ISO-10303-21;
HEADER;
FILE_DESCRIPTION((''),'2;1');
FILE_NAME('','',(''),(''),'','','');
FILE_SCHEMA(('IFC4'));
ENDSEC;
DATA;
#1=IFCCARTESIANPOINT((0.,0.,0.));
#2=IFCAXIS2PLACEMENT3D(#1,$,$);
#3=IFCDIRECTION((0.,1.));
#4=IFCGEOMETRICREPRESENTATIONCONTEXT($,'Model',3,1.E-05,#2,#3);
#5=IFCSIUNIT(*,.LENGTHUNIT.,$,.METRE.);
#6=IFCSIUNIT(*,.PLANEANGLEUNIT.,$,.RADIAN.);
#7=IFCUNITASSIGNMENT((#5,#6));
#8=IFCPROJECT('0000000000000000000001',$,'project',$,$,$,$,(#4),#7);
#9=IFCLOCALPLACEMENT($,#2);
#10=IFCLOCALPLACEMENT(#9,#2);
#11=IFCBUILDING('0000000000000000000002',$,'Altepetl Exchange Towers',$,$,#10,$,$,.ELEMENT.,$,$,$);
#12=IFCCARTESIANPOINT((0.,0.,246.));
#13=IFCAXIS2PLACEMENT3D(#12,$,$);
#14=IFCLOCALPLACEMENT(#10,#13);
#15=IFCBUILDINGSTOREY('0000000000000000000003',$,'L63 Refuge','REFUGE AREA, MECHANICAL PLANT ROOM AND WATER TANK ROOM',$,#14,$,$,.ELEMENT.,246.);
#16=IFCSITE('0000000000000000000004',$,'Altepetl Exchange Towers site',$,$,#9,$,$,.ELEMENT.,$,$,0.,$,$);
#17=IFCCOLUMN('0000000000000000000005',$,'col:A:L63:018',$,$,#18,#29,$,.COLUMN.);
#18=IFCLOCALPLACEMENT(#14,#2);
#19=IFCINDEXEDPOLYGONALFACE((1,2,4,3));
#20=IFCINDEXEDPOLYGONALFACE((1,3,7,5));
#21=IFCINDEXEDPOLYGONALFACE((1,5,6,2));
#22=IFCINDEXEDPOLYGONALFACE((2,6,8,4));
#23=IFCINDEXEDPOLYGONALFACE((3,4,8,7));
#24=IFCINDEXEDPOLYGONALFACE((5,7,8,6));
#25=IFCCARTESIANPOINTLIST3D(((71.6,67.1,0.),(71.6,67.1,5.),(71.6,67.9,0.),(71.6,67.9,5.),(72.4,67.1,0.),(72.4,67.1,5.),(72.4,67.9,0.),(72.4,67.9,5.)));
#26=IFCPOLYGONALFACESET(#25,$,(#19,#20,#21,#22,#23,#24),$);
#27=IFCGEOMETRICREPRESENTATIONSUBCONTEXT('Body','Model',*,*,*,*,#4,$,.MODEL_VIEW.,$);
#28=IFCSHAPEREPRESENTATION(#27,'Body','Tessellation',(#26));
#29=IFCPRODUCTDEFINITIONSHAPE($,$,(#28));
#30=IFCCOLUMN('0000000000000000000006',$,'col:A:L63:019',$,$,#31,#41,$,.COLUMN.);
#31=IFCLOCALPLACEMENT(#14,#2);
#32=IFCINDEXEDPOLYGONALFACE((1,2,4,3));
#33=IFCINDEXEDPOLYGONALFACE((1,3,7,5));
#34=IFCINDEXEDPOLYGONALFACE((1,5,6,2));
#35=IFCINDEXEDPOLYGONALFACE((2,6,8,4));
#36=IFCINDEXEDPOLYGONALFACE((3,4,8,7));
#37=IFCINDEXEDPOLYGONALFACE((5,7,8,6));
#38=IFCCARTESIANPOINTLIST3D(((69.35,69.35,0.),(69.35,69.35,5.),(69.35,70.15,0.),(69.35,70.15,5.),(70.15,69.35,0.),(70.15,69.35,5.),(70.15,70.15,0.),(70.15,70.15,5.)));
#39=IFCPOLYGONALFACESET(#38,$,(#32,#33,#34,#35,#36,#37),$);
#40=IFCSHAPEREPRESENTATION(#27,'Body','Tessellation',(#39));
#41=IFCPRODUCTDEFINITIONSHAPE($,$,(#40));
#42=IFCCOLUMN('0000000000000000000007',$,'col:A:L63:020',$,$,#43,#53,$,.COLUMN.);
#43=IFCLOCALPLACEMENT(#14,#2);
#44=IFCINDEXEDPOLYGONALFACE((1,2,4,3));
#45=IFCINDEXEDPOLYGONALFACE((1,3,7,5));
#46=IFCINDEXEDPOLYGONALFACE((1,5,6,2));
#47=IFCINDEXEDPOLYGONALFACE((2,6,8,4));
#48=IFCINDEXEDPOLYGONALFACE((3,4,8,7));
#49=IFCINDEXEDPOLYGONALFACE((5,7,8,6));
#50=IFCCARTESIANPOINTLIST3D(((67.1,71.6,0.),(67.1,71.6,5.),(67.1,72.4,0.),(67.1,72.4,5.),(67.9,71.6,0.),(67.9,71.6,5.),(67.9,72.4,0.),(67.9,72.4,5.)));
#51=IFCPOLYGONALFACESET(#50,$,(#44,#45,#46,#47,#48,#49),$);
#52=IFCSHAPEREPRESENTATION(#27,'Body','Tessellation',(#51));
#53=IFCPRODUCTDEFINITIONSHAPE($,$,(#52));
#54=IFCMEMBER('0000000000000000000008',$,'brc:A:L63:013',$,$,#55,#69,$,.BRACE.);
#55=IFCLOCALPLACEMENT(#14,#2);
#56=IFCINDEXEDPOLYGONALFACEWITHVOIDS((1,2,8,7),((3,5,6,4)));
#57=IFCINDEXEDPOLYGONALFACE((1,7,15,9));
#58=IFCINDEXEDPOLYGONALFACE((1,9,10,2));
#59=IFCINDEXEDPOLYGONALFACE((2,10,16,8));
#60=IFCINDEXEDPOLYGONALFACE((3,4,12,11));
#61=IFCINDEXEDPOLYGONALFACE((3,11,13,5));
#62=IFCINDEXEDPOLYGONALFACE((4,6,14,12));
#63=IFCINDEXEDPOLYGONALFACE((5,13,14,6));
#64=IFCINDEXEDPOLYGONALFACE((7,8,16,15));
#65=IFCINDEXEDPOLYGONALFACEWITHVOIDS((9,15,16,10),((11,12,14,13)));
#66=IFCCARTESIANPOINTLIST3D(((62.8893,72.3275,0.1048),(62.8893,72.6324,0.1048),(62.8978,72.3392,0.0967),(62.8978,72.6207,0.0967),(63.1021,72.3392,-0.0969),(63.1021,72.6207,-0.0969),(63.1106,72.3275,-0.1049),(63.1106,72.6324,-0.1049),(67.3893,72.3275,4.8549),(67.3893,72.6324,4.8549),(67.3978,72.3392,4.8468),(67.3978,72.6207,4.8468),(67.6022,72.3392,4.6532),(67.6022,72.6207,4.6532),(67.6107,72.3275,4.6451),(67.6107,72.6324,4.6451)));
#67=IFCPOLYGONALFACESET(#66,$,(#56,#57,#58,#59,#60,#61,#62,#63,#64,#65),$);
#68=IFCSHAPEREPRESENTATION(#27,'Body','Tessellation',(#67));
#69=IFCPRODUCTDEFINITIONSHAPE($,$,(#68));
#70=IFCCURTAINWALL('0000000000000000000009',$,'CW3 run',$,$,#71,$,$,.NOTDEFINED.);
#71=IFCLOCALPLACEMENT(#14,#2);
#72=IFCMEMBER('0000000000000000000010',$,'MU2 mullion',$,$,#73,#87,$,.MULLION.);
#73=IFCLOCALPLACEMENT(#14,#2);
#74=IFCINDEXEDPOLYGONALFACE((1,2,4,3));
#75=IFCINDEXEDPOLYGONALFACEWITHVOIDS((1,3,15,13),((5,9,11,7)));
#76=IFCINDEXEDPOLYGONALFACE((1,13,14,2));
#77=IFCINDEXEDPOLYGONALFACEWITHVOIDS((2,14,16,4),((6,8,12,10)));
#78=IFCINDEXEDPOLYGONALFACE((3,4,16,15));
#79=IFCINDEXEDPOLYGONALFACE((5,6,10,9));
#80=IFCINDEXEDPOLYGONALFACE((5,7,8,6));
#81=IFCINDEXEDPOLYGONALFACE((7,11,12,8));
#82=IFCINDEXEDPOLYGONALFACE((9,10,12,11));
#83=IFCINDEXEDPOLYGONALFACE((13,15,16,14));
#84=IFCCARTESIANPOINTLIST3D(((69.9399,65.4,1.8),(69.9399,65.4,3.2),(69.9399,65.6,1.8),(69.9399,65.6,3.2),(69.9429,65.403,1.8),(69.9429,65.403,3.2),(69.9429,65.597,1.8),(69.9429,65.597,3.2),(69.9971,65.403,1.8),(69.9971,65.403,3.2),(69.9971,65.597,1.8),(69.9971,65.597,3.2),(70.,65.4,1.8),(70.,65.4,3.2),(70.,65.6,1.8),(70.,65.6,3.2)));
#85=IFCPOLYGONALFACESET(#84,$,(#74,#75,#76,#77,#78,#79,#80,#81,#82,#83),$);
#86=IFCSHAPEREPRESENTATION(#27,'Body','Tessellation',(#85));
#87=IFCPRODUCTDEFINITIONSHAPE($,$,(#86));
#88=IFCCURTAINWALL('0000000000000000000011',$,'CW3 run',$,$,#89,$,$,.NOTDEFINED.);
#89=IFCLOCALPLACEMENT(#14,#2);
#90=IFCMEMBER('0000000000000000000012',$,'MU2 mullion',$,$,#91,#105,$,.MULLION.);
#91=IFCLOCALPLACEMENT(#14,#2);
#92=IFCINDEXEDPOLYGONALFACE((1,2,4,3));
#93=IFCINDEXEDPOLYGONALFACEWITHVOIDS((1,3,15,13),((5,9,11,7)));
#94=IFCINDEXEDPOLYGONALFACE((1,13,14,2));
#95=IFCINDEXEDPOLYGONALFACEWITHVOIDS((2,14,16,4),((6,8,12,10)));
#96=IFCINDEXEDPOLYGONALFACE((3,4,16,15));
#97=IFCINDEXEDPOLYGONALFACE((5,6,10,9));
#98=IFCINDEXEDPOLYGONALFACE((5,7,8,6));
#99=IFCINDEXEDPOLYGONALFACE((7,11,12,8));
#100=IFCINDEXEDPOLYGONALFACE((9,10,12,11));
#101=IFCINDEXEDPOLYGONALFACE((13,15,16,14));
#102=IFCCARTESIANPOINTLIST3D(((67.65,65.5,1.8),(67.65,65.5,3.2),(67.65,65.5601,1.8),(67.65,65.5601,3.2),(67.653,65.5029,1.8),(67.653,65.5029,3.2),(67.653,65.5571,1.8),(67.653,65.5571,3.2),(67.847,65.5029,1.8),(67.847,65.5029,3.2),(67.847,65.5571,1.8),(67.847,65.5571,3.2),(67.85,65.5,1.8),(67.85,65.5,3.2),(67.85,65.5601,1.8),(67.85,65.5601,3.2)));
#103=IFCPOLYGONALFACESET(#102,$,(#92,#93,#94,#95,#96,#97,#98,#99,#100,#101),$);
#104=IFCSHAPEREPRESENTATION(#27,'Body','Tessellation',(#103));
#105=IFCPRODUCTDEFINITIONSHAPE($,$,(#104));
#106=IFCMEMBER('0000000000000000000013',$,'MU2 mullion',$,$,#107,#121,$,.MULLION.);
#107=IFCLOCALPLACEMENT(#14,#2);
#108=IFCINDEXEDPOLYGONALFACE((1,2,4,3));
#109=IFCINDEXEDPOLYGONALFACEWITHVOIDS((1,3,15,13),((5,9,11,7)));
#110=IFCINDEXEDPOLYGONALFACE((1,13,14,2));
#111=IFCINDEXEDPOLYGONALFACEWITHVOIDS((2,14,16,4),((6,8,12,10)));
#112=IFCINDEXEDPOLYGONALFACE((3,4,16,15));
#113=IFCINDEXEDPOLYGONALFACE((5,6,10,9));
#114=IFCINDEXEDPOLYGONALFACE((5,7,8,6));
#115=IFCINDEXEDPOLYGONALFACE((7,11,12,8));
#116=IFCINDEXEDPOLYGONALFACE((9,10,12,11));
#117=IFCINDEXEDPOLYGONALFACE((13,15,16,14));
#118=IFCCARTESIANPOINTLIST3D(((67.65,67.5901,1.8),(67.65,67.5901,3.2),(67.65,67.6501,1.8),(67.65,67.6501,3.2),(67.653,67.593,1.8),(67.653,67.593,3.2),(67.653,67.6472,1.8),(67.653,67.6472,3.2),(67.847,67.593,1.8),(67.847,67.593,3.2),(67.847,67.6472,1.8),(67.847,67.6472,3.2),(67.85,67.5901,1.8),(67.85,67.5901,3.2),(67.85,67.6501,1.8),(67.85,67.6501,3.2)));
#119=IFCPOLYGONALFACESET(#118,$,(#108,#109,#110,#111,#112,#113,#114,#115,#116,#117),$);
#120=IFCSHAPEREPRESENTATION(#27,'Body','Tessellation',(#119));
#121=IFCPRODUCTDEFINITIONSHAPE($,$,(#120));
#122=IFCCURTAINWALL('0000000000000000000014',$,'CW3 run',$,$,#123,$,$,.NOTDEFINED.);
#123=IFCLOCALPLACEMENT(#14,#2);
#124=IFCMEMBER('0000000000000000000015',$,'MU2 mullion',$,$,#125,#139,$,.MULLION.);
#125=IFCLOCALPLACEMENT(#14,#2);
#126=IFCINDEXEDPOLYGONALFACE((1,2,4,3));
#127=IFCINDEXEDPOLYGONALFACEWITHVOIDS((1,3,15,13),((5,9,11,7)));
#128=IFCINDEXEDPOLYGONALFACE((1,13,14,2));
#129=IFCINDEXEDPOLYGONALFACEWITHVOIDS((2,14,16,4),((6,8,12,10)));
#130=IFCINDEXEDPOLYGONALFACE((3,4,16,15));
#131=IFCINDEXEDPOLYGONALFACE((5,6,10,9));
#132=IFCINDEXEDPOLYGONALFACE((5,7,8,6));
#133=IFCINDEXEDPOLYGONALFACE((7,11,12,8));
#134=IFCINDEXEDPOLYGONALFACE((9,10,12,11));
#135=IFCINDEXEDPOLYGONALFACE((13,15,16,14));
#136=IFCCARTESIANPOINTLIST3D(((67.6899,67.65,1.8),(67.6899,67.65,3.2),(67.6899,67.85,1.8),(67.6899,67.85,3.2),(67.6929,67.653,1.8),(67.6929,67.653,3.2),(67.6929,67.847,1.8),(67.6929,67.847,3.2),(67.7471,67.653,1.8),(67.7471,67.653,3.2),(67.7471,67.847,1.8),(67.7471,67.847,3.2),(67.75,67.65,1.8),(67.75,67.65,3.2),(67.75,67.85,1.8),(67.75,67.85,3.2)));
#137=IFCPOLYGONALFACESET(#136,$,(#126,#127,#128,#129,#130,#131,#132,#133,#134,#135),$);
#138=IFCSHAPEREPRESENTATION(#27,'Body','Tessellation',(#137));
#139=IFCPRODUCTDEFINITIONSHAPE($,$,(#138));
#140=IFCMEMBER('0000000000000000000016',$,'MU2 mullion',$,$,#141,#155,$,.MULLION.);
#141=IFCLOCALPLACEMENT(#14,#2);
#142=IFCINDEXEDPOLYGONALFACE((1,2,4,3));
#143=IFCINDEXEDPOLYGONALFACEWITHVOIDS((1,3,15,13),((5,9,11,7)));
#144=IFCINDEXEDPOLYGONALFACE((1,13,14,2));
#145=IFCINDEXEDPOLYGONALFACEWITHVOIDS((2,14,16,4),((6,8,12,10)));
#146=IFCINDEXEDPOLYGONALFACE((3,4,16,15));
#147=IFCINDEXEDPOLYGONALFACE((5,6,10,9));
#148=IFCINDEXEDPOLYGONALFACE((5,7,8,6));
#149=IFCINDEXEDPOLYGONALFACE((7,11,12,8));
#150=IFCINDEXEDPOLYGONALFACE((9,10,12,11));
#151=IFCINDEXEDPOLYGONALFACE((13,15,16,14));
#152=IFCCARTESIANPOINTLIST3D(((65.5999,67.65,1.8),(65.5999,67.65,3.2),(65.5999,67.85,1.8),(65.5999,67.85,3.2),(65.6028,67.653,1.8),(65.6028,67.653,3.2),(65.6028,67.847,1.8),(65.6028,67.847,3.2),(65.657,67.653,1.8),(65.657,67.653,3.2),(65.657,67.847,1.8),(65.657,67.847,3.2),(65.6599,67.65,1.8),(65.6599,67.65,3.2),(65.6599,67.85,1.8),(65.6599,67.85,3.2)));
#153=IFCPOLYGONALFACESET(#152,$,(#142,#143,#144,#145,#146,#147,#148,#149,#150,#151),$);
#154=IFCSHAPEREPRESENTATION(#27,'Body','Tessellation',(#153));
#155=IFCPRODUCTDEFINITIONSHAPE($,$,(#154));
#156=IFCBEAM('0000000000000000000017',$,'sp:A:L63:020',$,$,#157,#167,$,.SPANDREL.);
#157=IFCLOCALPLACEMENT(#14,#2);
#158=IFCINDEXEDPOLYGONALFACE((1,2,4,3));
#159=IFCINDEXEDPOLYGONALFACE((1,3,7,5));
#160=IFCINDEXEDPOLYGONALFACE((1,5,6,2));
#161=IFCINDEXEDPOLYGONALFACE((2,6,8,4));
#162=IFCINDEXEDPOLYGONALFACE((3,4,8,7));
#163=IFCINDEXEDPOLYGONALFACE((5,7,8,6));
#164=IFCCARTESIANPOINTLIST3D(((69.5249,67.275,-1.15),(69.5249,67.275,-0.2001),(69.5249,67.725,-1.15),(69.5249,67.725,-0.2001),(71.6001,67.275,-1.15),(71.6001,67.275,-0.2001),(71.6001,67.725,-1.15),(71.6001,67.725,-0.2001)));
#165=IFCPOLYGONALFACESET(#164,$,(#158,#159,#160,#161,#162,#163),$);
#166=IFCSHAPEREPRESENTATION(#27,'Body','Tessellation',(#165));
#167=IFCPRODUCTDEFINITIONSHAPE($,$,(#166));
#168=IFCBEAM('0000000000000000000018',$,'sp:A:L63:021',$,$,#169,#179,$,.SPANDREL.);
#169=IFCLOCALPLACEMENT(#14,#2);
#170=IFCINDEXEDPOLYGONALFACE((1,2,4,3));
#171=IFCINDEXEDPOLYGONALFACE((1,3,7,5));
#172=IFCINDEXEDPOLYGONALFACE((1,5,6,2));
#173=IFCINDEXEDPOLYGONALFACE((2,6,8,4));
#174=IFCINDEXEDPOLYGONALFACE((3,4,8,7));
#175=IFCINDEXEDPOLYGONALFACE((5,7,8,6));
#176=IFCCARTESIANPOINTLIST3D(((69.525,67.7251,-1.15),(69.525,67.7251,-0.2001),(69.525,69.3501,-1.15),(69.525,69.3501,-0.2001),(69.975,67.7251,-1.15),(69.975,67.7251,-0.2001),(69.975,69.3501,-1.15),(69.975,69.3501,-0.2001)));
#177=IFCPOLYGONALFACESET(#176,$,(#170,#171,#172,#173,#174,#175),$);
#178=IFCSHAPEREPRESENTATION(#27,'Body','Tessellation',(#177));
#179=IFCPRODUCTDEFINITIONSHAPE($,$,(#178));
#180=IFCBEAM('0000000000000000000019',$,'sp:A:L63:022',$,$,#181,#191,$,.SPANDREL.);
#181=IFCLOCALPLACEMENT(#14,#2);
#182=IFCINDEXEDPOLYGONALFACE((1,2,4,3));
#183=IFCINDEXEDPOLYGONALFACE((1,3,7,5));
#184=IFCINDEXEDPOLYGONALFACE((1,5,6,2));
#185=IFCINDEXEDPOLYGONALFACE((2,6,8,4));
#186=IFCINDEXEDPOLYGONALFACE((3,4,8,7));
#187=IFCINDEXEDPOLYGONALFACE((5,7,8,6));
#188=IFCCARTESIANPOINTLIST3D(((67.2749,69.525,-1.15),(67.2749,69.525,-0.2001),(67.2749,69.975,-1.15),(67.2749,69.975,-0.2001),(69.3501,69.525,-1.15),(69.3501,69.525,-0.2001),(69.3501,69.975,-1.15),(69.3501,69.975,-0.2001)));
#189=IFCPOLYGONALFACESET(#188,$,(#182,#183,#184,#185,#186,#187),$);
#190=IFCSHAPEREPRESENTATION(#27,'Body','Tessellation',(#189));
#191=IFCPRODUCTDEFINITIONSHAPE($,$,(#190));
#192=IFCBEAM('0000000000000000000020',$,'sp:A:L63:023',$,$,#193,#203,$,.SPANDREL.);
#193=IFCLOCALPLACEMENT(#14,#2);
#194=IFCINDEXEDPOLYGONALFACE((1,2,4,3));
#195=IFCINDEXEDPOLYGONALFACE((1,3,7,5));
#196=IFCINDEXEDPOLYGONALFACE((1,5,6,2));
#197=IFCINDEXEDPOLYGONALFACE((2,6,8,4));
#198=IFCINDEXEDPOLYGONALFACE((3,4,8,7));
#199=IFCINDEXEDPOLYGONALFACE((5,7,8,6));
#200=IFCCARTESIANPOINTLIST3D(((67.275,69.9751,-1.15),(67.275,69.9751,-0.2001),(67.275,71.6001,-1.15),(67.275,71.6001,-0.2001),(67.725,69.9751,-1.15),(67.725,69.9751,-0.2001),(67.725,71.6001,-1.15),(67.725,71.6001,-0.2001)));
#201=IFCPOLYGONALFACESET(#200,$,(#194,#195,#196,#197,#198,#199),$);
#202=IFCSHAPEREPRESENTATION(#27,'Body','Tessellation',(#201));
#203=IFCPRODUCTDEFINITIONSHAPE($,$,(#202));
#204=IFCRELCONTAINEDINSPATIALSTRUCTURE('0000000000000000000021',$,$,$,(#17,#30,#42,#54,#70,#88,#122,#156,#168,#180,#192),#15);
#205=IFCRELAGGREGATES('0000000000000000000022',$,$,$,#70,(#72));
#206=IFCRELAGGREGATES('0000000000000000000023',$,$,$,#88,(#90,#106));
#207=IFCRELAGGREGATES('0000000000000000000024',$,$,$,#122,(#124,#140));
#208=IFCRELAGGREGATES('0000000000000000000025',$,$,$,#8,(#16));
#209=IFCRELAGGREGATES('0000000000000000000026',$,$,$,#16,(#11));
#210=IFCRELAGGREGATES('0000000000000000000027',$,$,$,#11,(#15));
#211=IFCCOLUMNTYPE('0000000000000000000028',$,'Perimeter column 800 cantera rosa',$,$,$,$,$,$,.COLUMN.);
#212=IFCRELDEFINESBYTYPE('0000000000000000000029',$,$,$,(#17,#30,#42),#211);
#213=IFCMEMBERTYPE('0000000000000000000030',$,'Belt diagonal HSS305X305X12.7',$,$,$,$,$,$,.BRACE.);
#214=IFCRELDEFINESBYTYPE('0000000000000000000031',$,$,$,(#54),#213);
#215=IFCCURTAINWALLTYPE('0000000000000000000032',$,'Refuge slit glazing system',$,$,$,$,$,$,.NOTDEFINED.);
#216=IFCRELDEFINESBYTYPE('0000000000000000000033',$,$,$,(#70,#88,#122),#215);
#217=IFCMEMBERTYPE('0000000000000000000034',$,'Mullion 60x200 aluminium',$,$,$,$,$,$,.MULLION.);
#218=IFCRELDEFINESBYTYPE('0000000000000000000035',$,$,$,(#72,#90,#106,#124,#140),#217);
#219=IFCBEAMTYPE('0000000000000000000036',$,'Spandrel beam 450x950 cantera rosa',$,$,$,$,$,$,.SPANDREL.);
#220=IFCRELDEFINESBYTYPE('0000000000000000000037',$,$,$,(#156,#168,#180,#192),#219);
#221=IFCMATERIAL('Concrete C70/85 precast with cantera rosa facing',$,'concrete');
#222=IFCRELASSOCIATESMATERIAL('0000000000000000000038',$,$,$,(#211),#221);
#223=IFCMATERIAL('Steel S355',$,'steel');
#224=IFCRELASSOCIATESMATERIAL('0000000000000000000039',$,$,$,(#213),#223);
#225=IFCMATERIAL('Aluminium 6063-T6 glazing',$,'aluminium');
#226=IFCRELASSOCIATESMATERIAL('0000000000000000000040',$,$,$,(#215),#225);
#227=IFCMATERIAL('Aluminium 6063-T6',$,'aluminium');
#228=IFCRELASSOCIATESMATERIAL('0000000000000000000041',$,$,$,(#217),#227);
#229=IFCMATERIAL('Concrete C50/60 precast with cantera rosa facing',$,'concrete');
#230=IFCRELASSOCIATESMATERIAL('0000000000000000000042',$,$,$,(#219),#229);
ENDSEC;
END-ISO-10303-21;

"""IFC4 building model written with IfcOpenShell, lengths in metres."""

from ifc_helpers import new_model, si_unit, direction, frame, origin, origin_2d, place, context, subcontext, project, spatial, rectangle, hollow_rectangle, extrude, material, material_profile, profile_set, type_object, element, aggregate, save


model = new_model("IFC4")

# Units and contexts
model_context = context("Model", 3, precision=1e-05, world=origin(), true_north=direction((0.0, 1.0)))
body_context = subcontext(model_context, "Body", "Model", "MODEL_VIEW")
ifc_project = project(units=[si_unit("LENGTHUNIT", "METRE"), si_unit("PLANEANGLEUNIT", "RADIAN")], contexts=[model_context])

# Site, building, storey
site_placement = place(None, origin())
site = spatial("IfcSite", under=ifc_project, at=site_placement, Name="Altepetl Exchange Towers site", CompositionType="ELEMENT", RefElevation=0.0)
building_placement = place(site_placement, origin())
building = spatial("IfcBuilding", under=site, at=building_placement, Name="Altepetl Exchange Towers", CompositionType="ELEMENT")
storey_placement = place(building_placement, frame((0.0, 0.0, 246.0)))
storey = spatial("IfcBuildingStorey", under=building, at=storey_placement, Name="L63 Refuge", Description="REFUGE AREA, MECHANICAL PLANT ROOM AND WATER TANK ROOM", CompositionType="ELEMENT", Elevation=246.0)

# Columns
ifc_material_1 = material(Name="Concrete C70/85 precast with cantera rosa facing", Category="concrete")
ifc_material_profile_1 = material_profile(ifc_material_1, rectangle(XDim=0.8, YDim=0.8, at=origin_2d()), Name="800 x 800")
ifc_profile_set_1 = profile_set([ifc_material_profile_1], Name="Concrete C70/85 precast with cantera rosa facing")
column_type = type_object("IfcColumnType", Name="Perimeter column 800 cantera rosa", PredefinedType="COLUMN", material=ifc_profile_set_1)
for number, where, name in (
    (1, (72.0, 67.5, 0.0), "col:A:L63:018"),
    (2, (69.75, 69.75, 0.0), "col:A:L63:019"),
    (3, (67.5, 72.0, 0.0), "col:A:L63:020"),
):
    element("IfcColumn", number, at=place(storey_placement, frame(where)), inside=storey, type_object=column_type, Name=name, PredefinedType="COLUMN", context=body_context, shape_type="SweptSolid", body=[
        extrude(rectangle(XDim=0.8, YDim=0.8, at=origin_2d()), origin(), (0.0, 0.0, 1.0), 5.0),
    ])

# Member
ifc_material_2 = material(Name="Steel S355", Category="steel")
ifc_material_profile_2 = material_profile(ifc_material_2, hollow_rectangle(XDim=0.3049, YDim=0.3049, WallThickness=0.0117, at=origin_2d()), Name="HSS305X305X12.7")
ifc_profile_set_2 = profile_set([ifc_material_profile_2], Name="Steel S355")
member_type_1 = type_object("IfcMemberType", Name="Belt diagonal HSS305X305X12.7", PredefinedType="BRACE", material=ifc_profile_set_2)
member_1_placement = place(storey_placement, frame((67.5, 72.48, 4.75), z_axis=(-0.687745, 0.0, -0.725953), x_axis=(0.0, -1.0, 0.0)))
element("IfcMember", 4, at=member_1_placement, inside=storey, type_object=member_type_1, Name="brc:A:L63:013", PredefinedType="BRACE", context=body_context, shape_type="SweptSolid", body=[
    extrude(hollow_rectangle(XDim=0.3049, YDim=0.3049, WallThickness=0.0117, at=origin_2d()), origin(), (0.0, 0.0, 1.0), 6.5432),
])

# Curtain wall, member
ifc_material_3 = material(Name="Aluminium 6063-T6 glazing", Category="aluminium")
curtain_wall_type = type_object("IfcCurtainWallType", Name="Refuge slit glazing system", PredefinedType="NOTDEFINED", material=ifc_material_3)
curtain_wall_1_placement = place(storey_placement, origin())
curtain_wall_1 = element("IfcCurtainWall", 5, at=curtain_wall_1_placement, inside=storey, type_object=curtain_wall_type, Name="CW3 run", PredefinedType="NOTDEFINED")
ifc_material_4 = material(Name="Aluminium 6063-T6", Category="aluminium")
ifc_material_profile_3 = material_profile(ifc_material_4, hollow_rectangle(XDim=0.0601, YDim=0.2, WallThickness=0.0029, at=origin_2d()), Name="Mullion 60x200 aluminium")
ifc_profile_set_3 = profile_set([ifc_material_profile_3], Name="Aluminium 6063-T6")
member_type_2 = type_object("IfcMemberType", Name="Mullion 60x200 aluminium", PredefinedType="MULLION", material=ifc_profile_set_3)
member_2_placement = place(storey_placement, frame((69.97, 65.5, 1.8), z_axis=(0.0, 0.0, 1.0), x_axis=(-1.0, 0.0, 0.0)))
member_2 = element("IfcMember", 6, at=member_2_placement, type_object=member_type_2, Name="MU2 mullion", PredefinedType="MULLION", context=body_context, shape_type="SweptSolid", body=[
    extrude(hollow_rectangle(XDim=0.0601, YDim=0.2, WallThickness=0.0029, at=origin_2d()), origin(), (0.0, 0.0, 1.0), 1.3999),
])
aggregate(curtain_wall_1, [member_2])

# Curtain walls, members
curtain_wall_2_placement = place(storey_placement, origin())
curtain_wall_2 = element("IfcCurtainWall", 7, at=curtain_wall_2_placement, inside=storey, type_object=curtain_wall_type, Name="CW3 run", PredefinedType="NOTDEFINED")
member_3_placement = place(storey_placement, frame((67.75, 65.53, 1.8), z_axis=(0.0, 0.0, 1.0), x_axis=(0.0, 1.0, 0.0)))
member_3 = element("IfcMember", 8, at=member_3_placement, type_object=member_type_2, Name="MU2 mullion", PredefinedType="MULLION", context=body_context, shape_type="SweptSolid", body=[
    extrude(hollow_rectangle(XDim=0.0601, YDim=0.2, WallThickness=0.0029, at=origin_2d()), origin(), (0.0, 0.0, 1.0), 1.3999),
])
member_4_placement = place(storey_placement, frame((67.75, 67.6201, 1.8), z_axis=(0.0, 0.0, 1.0), x_axis=(0.0, 1.0, 0.0)))
member_4 = element("IfcMember", 9, at=member_4_placement, type_object=member_type_2, Name="MU2 mullion", PredefinedType="MULLION", context=body_context, shape_type="SweptSolid", body=[
    extrude(hollow_rectangle(XDim=0.0601, YDim=0.2, WallThickness=0.0029, at=origin_2d()), origin(), (0.0, 0.0, 1.0), 1.3999),
])
curtain_wall_3_placement = place(storey_placement, origin())
curtain_wall_3 = element("IfcCurtainWall", 10, at=curtain_wall_3_placement, inside=storey, type_object=curtain_wall_type, Name="CW3 run", PredefinedType="NOTDEFINED")
member_5_placement = place(storey_placement, frame((67.72, 67.75, 1.8), z_axis=(0.0, 0.0, 1.0), x_axis=(-1.0, 0.0, 0.0)))
member_5 = element("IfcMember", 11, at=member_5_placement, type_object=member_type_2, Name="MU2 mullion", PredefinedType="MULLION", context=body_context, shape_type="SweptSolid", body=[
    extrude(hollow_rectangle(XDim=0.0601, YDim=0.2, WallThickness=0.0029, at=origin_2d()), origin(), (0.0, 0.0, 1.0), 1.3999),
])
member_6_placement = place(storey_placement, frame((65.6299, 67.75, 1.8), z_axis=(0.0, 0.0, 1.0), x_axis=(-1.0, 0.0, 0.0)))
member_6 = element("IfcMember", 12, at=member_6_placement, type_object=member_type_2, Name="MU2 mullion", PredefinedType="MULLION", context=body_context, shape_type="SweptSolid", body=[
    extrude(hollow_rectangle(XDim=0.0601, YDim=0.2, WallThickness=0.0029, at=origin_2d()), origin(), (0.0, 0.0, 1.0), 1.3999),
])

# Beams
ifc_material_5 = material(Name="Concrete C50/60 precast with cantera rosa facing", Category="concrete")
ifc_material_profile_4 = material_profile(ifc_material_5, rectangle(XDim=0.45, YDim=0.95, at=origin_2d()), Name="450 x 950")
ifc_profile_set_4 = profile_set([ifc_material_profile_4], Name="Concrete C50/60 precast with cantera rosa facing")
beam_type = type_object("IfcBeamType", Name="Spandrel beam 450x950 cantera rosa", PredefinedType="SPANDREL", material=ifc_profile_set_4)
beam_1_placement = place(storey_placement, frame((71.6001, 67.5, -0.675), z_axis=(-1.0, 0.0, 0.0), x_axis=(0.0, -1.0, 0.0)))
element("IfcBeam", 13, at=beam_1_placement, inside=storey, type_object=beam_type, Name="sp:A:L63:020", PredefinedType="SPANDREL", context=body_context, shape_type="SweptSolid", body=[
    extrude(rectangle(XDim=0.45, YDim=0.95, at=origin_2d()), origin(), (0.0, 0.0, 1.0), 2.0752),
])
beam_2_placement = place(storey_placement, frame((69.75, 67.7251, -0.675), z_axis=(0.0, 1.0, 0.0), x_axis=(-1.0, 0.0, 0.0)))
element("IfcBeam", 14, at=beam_2_placement, inside=storey, type_object=beam_type, Name="sp:A:L63:021", PredefinedType="SPANDREL", context=body_context, shape_type="SweptSolid", body=[
    extrude(rectangle(XDim=0.45, YDim=0.95, at=origin_2d()), origin(), (0.0, 0.0, 1.0), 1.625),
])
beam_3_placement = place(storey_placement, frame((69.3501, 69.75, -0.675), z_axis=(-1.0, 0.0, 0.0), x_axis=(0.0, -1.0, 0.0)))
element("IfcBeam", 15, at=beam_3_placement, inside=storey, type_object=beam_type, Name="sp:A:L63:022", PredefinedType="SPANDREL", context=body_context, shape_type="SweptSolid", body=[
    extrude(rectangle(XDim=0.45, YDim=0.95, at=origin_2d()), origin(), (0.0, 0.0, 1.0), 2.0752),
])
beam_4_placement = place(storey_placement, frame((67.5, 69.9751, -0.675), z_axis=(0.0, 1.0, 0.0), x_axis=(-1.0, 0.0, 0.0)))
element("IfcBeam", 16, at=beam_4_placement, inside=storey, type_object=beam_type, Name="sp:A:L63:023", PredefinedType="SPANDREL", context=body_context, shape_type="SweptSolid", body=[
    extrude(rectangle(XDim=0.45, YDim=0.95, at=origin_2d()), origin(), (0.0, 0.0, 1.0), 1.625),
])

aggregate(curtain_wall_2, [member_3, member_4])
aggregate(curtain_wall_3, [member_5, member_6])

save(model, "model.ifc")
